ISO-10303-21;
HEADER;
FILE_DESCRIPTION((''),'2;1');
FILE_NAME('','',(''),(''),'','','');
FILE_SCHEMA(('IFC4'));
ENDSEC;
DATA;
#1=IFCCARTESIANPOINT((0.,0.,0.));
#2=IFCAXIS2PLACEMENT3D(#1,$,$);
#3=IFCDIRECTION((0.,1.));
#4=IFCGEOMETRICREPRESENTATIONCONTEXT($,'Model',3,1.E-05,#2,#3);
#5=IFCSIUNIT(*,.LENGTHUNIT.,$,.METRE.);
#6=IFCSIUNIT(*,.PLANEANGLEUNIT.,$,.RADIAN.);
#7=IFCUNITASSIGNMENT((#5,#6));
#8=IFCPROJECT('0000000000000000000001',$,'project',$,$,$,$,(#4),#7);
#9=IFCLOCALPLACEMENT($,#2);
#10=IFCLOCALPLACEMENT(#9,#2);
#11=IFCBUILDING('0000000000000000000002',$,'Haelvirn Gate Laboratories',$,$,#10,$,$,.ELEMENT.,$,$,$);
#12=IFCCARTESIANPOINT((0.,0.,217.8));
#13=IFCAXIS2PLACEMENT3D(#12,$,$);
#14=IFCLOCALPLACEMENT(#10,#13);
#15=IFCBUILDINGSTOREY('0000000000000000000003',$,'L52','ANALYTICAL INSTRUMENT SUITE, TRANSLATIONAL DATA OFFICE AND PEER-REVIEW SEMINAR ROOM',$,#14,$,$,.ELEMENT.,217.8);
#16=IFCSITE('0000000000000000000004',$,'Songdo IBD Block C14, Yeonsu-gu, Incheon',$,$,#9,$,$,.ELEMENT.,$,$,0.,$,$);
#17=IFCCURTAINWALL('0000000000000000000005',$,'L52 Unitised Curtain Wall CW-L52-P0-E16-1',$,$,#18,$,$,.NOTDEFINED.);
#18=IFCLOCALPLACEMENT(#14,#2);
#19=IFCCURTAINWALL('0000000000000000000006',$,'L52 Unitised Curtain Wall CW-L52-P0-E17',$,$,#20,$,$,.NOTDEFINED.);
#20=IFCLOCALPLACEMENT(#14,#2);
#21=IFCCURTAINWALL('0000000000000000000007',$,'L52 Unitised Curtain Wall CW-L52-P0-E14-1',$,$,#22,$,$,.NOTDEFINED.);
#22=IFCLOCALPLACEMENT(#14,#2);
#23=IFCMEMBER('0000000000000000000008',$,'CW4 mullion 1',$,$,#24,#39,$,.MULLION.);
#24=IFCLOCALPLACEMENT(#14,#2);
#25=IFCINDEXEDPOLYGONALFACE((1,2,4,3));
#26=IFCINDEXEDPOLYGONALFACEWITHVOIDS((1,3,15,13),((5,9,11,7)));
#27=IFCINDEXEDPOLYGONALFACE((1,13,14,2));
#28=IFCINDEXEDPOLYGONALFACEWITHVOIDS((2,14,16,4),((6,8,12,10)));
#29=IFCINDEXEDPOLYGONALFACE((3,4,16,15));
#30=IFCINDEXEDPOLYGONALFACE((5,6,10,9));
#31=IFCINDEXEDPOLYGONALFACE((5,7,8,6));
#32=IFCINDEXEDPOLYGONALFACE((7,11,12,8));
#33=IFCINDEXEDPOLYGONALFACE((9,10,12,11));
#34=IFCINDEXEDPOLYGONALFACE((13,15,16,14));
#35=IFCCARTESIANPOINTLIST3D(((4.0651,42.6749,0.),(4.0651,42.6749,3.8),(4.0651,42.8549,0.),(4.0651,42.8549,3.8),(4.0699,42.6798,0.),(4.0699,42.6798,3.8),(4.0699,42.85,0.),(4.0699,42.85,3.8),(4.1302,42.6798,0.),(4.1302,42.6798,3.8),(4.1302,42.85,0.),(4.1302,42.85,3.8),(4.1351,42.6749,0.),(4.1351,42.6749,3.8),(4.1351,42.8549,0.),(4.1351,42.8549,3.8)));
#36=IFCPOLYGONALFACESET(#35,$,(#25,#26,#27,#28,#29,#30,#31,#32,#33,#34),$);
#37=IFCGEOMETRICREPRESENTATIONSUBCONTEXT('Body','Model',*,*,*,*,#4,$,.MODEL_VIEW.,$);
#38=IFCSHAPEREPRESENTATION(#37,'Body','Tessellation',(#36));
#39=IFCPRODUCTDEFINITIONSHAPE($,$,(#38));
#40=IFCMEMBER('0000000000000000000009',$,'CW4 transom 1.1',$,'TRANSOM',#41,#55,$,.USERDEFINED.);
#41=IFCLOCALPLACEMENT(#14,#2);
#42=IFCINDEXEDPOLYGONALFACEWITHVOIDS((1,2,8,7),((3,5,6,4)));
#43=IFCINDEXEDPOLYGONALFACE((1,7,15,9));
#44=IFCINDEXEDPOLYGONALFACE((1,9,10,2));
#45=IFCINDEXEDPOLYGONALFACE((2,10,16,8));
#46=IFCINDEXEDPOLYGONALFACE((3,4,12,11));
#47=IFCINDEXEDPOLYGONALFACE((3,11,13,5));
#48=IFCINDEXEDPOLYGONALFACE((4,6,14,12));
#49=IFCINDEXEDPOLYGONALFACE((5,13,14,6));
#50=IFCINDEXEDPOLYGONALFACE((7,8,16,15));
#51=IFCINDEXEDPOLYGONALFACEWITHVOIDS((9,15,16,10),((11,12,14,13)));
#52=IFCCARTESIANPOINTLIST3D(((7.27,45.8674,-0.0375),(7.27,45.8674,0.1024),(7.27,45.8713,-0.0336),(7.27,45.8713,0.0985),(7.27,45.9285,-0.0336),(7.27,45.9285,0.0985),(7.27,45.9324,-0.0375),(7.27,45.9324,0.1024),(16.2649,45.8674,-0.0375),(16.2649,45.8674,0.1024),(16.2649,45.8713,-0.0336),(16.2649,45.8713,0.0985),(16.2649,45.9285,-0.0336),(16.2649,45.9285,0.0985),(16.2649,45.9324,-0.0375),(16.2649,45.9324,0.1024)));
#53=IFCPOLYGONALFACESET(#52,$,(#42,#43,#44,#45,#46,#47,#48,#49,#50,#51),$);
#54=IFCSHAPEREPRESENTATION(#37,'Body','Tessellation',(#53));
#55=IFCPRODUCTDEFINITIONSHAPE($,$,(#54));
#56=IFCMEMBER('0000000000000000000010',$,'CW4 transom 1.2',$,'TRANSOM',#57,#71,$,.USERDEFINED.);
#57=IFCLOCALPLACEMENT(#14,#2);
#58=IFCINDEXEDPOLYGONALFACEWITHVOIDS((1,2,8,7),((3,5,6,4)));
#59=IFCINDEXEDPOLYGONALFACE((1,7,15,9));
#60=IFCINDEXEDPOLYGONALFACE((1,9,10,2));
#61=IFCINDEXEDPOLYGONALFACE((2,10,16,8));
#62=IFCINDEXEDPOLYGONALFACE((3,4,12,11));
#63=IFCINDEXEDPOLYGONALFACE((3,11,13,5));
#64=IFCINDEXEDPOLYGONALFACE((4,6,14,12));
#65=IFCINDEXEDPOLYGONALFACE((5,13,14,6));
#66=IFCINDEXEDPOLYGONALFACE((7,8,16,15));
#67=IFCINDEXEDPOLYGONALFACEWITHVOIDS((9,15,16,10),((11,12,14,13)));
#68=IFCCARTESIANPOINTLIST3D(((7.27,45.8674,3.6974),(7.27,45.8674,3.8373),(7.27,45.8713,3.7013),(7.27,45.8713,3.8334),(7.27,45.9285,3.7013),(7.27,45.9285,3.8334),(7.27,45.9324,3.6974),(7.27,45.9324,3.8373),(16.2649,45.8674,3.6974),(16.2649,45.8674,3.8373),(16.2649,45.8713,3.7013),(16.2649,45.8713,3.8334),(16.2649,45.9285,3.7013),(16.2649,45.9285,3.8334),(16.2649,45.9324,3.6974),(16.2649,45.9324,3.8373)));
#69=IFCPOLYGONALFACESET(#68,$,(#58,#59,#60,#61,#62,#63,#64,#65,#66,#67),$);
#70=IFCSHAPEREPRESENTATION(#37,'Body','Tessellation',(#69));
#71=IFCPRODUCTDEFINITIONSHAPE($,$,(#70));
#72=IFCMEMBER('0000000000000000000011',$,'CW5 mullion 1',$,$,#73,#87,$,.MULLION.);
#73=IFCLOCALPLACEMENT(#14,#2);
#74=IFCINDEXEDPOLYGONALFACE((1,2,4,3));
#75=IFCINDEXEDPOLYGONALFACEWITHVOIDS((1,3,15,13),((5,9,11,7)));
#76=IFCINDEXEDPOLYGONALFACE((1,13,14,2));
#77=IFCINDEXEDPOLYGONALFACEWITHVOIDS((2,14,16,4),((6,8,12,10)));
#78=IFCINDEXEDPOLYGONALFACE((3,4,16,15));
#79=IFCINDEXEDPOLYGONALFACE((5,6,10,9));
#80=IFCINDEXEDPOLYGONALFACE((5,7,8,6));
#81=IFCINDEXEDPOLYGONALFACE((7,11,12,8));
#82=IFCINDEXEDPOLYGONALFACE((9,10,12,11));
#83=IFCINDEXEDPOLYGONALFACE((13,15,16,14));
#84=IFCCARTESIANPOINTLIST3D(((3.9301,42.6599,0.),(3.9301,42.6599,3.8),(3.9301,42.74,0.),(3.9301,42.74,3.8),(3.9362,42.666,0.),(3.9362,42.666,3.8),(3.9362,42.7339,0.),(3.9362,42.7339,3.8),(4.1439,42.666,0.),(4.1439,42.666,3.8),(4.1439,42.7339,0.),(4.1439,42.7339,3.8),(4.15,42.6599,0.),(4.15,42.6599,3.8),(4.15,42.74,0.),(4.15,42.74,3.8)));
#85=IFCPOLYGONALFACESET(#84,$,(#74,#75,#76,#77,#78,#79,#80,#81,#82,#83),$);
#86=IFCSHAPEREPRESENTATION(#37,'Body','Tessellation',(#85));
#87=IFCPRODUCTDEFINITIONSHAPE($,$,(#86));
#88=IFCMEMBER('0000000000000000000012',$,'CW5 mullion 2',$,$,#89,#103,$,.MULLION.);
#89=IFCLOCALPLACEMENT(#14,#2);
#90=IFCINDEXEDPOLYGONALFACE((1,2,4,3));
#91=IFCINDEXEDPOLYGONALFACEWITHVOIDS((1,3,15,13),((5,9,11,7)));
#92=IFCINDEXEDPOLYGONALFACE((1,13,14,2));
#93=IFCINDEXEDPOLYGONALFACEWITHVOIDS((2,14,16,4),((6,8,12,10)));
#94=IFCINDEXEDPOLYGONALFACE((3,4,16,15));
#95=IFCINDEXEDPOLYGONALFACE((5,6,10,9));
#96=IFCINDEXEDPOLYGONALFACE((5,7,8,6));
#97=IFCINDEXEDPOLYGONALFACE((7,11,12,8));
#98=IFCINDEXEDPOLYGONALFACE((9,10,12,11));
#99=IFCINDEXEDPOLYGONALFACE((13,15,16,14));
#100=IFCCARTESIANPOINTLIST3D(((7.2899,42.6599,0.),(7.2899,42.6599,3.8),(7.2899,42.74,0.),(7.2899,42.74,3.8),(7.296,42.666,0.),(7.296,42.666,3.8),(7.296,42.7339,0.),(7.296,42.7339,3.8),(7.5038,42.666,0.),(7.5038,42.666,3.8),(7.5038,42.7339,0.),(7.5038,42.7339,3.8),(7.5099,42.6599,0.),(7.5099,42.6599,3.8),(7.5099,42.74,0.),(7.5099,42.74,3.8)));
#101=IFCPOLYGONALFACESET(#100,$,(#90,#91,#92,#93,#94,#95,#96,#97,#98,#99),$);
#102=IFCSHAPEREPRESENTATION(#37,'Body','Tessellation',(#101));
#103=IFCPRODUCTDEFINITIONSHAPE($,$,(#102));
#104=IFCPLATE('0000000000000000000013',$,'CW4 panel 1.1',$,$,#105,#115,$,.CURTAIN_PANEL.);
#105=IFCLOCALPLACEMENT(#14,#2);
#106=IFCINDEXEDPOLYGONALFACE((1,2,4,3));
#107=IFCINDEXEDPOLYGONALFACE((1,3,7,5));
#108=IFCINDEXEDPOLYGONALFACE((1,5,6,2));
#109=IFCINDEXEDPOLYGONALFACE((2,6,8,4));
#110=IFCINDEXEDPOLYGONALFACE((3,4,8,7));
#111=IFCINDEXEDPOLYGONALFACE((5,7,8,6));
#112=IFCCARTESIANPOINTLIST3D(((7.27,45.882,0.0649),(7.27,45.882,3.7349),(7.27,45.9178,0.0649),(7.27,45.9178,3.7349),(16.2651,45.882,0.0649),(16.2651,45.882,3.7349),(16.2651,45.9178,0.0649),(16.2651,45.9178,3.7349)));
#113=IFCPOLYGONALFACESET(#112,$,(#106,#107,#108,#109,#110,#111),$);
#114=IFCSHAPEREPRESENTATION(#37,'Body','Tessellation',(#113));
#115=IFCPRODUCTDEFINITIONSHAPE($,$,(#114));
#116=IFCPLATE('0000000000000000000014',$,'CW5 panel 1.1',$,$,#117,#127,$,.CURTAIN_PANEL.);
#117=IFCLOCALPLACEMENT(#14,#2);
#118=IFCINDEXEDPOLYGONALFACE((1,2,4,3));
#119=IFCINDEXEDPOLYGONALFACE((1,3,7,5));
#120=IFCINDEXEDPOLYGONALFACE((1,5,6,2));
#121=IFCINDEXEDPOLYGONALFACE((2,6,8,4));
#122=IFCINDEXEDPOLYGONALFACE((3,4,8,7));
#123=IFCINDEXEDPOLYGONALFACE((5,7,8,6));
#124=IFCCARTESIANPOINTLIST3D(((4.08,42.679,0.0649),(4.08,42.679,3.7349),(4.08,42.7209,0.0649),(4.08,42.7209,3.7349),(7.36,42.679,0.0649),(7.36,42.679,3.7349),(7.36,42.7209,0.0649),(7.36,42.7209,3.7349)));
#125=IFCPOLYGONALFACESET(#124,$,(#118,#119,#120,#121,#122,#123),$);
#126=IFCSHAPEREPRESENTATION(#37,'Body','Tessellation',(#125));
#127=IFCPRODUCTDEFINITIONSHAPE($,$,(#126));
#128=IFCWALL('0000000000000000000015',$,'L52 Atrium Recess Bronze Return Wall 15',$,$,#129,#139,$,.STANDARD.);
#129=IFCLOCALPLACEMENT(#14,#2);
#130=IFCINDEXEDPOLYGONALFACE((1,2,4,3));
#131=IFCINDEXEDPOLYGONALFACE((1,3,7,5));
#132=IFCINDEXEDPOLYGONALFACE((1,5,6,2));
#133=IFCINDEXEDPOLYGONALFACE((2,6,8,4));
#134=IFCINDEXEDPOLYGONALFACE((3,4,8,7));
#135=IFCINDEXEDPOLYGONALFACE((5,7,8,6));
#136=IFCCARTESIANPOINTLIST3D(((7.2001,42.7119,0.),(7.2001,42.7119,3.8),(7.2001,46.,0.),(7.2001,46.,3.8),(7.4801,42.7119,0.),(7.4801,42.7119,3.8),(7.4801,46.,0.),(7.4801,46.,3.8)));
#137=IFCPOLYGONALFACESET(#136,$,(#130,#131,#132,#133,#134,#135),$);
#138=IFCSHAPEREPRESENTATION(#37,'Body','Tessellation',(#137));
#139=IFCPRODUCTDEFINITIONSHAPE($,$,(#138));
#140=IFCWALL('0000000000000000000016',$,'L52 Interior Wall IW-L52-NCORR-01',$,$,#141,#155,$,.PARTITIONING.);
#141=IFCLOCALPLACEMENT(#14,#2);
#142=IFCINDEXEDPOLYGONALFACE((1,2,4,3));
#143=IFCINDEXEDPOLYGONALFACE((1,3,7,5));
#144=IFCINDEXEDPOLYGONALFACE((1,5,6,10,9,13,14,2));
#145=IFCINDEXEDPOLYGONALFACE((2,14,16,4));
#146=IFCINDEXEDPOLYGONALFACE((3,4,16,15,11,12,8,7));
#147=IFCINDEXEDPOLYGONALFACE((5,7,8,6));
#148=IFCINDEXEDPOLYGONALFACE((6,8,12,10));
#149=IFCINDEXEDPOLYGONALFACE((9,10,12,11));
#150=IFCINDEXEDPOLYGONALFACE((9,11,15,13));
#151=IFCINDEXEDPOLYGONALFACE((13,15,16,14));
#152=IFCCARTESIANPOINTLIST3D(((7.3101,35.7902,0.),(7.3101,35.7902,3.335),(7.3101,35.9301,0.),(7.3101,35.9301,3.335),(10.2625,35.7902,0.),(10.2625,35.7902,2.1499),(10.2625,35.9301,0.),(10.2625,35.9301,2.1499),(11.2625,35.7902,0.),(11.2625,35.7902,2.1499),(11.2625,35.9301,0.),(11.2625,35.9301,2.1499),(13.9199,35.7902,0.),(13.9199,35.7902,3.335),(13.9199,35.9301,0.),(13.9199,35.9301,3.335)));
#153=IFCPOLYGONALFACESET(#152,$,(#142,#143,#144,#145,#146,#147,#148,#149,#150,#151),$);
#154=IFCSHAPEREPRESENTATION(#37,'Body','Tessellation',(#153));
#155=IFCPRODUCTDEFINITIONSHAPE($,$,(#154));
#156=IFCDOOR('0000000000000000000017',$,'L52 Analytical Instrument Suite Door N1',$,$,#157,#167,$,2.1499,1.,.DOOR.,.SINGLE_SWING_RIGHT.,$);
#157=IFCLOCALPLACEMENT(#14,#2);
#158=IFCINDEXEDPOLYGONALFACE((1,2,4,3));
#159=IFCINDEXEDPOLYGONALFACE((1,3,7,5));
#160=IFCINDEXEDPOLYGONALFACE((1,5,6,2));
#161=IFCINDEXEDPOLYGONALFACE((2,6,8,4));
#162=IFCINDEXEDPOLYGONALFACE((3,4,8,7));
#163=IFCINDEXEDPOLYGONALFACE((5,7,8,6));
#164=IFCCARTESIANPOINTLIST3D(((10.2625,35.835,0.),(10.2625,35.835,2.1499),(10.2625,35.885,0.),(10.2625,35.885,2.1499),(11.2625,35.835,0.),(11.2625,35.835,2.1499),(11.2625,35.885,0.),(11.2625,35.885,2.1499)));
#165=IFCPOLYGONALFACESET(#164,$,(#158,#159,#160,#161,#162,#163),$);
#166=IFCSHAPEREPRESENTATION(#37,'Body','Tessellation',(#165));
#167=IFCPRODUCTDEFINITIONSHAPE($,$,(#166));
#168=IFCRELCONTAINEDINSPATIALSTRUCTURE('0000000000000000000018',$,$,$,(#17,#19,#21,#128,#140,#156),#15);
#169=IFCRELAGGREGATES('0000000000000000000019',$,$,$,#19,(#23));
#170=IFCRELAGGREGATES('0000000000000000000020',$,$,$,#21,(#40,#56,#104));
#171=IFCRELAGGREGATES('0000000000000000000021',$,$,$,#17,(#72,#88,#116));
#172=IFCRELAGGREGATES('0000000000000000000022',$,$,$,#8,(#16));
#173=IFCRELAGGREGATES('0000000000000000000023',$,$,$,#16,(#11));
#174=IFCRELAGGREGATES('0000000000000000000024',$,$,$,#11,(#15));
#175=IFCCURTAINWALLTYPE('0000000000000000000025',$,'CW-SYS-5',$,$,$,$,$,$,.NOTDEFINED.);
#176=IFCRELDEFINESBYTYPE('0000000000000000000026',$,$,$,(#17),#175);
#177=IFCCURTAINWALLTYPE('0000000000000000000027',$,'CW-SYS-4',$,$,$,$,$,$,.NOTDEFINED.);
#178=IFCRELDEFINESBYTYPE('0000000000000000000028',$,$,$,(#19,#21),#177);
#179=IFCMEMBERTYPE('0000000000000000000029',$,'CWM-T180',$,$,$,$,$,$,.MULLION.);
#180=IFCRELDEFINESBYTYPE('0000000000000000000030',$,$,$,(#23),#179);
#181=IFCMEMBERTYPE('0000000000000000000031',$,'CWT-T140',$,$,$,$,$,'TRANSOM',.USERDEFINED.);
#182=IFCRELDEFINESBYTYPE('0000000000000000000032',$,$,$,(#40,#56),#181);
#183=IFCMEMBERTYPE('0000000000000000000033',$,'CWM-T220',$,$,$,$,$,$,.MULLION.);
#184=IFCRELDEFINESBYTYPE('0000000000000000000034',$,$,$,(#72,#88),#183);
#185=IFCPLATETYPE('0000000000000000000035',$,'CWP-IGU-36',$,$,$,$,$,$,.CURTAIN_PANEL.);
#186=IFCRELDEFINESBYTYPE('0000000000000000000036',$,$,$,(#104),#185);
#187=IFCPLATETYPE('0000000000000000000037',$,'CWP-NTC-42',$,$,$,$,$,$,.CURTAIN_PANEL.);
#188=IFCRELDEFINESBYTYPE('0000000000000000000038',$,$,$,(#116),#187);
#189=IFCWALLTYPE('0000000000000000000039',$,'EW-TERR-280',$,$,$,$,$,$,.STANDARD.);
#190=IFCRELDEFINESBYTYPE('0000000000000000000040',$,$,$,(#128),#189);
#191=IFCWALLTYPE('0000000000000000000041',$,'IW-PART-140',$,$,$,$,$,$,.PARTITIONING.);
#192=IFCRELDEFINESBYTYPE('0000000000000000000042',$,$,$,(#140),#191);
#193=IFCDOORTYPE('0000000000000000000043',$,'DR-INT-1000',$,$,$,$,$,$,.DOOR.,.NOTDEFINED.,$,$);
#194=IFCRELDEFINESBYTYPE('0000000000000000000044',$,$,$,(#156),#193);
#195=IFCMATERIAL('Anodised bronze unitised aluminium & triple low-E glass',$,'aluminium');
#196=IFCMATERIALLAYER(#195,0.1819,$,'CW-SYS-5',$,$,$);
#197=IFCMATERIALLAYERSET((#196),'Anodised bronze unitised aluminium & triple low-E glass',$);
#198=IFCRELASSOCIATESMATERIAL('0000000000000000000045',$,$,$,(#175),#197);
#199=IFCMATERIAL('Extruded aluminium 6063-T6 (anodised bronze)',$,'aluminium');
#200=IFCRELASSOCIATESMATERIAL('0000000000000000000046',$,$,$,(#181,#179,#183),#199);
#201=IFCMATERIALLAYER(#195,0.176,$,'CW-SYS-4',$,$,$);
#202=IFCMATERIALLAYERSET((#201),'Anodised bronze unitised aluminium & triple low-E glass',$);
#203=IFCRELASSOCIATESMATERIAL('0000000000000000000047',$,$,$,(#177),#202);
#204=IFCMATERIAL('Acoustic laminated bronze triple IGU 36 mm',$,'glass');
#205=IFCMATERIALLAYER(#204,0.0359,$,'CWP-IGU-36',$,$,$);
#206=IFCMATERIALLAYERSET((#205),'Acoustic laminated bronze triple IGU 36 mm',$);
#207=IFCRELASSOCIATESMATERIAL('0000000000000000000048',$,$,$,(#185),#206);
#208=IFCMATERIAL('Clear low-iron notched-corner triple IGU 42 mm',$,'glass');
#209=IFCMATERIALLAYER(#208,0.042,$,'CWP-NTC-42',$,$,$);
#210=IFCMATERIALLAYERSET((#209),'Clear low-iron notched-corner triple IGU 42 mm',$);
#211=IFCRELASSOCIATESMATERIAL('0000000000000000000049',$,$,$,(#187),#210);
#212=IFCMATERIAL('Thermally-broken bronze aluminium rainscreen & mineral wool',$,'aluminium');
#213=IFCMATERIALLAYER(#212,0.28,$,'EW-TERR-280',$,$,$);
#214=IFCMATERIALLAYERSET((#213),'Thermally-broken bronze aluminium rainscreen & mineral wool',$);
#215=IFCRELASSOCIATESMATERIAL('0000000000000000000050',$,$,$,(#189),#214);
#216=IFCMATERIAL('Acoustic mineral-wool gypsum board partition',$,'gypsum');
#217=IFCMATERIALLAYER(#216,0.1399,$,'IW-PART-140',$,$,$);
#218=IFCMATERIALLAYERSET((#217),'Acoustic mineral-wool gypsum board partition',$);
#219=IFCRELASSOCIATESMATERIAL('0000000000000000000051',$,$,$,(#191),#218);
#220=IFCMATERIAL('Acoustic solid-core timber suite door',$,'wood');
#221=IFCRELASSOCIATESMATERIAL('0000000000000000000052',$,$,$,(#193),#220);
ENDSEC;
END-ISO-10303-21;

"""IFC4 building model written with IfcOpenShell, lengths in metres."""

from ifc_helpers import new_model, si_unit, direction, frame, frame_2d, origin, origin_2d, place, context, subcontext, project, spatial, rectangle, hollow_rectangle, extrude, source, transform, mapped, material, layer, layer_set, material_profile, profile_set, type_object, type_shapes, element, fill, aggregate, save


model = new_model("IFC4")

# Units and contexts
model_context = context("Model", 3, precision=1e-05, world=origin(), true_north=direction((0.0, 1.0)))
body_context = subcontext(model_context, "Body", "Model", "MODEL_VIEW")
ifc_project = project(units=[si_unit("LENGTHUNIT", "METRE"), si_unit("PLANEANGLEUNIT", "RADIAN")], contexts=[model_context])

# Site, building, storey
site_placement = place(None, origin())
site = spatial("IfcSite", under=ifc_project, at=site_placement, Name="Songdo IBD Block C14, Yeonsu-gu, Incheon", CompositionType="ELEMENT", RefElevation=0.0)
building_placement = place(site_placement, origin())
building = spatial("IfcBuilding", under=site, at=building_placement, Name="Haelvirn Gate Laboratories", CompositionType="ELEMENT")
storey_placement = place(building_placement, frame((0.0, 0.0, 217.8)))
storey = spatial("IfcBuildingStorey", under=building, at=storey_placement, Name="L52", Description="ANALYTICAL INSTRUMENT SUITE, TRANSLATIONAL DATA OFFICE AND PEER-REVIEW SEMINAR ROOM", CompositionType="ELEMENT", Elevation=217.8)

# Curtain walls
ifc_material_1 = material(Name="Anodised bronze unitised aluminium & triple low-E glass", Category="aluminium")
ifc_layer_1 = layer(ifc_material_1, 0.1819, Name="CW-SYS-5")
ifc_layer_set_1 = layer_set([ifc_layer_1], Name="Anodised bronze unitised aluminium & triple low-E glass")
curtain_wall_type_1 = type_object("IfcCurtainWallType", Name="CW-SYS-5", PredefinedType="NOTDEFINED", material=ifc_layer_set_1)
curtain_wall_1_placement = place(storey_placement, origin())
curtain_wall_1 = element("IfcCurtainWall", 1, at=curtain_wall_1_placement, inside=storey, type_object=curtain_wall_type_1, Name="L52 Unitised Curtain Wall CW-L52-P0-E16-1", PredefinedType="NOTDEFINED")
ifc_material_2 = material(Name="Extruded aluminium 6063-T6 (anodised bronze)", Category="aluminium")
ifc_material_profile_1 = material_profile(ifc_material_2, hollow_rectangle(XDim=0.0649, YDim=0.1399, WallThickness=0.0039, at=origin_2d()), Name="CWT-140x65x4")
ifc_profile_set_1 = profile_set([ifc_material_profile_1], Name="Extruded aluminium 6063-T6 (anodised bronze)")
member_type_1 = type_object("IfcMemberType", Name="CWT-T140", ElementType="TRANSOM", PredefinedType="USERDEFINED", material=ifc_profile_set_1)
ifc_layer_2 = layer(ifc_material_1, 0.176, Name="CW-SYS-4")
ifc_layer_set_2 = layer_set([ifc_layer_2], Name="Anodised bronze unitised aluminium & triple low-E glass")
curtain_wall_type_2 = type_object("IfcCurtainWallType", Name="CW-SYS-4", PredefinedType="NOTDEFINED", material=ifc_layer_set_2)
curtain_wall_2_placement = place(storey_placement, origin())
curtain_wall_2 = element("IfcCurtainWall", 2, at=curtain_wall_2_placement, inside=storey, type_object=curtain_wall_type_2, Name="L52 Unitised Curtain Wall CW-L52-P0-E17", PredefinedType="NOTDEFINED")

# Curtain wall
curtain_wall_3_placement = place(storey_placement, origin())
curtain_wall_3 = element("IfcCurtainWall", 3, at=curtain_wall_3_placement, inside=storey, type_object=curtain_wall_type_2, Name="L52 Unitised Curtain Wall CW-L52-P0-E14-1", PredefinedType="NOTDEFINED")
ifc_material_profile_2 = material_profile(ifc_material_2, hollow_rectangle(XDim=0.0701, YDim=0.1799, WallThickness=0.0049, at=origin_2d()), Name="CWM-180x70x5")
ifc_profile_set_2 = profile_set([ifc_material_profile_2], Name="Extruded aluminium 6063-T6 (anodised bronze)")
member_type_2 = type_object("IfcMemberType", Name="CWM-T180", PredefinedType="MULLION", material=ifc_profile_set_2)
shared_shape_1 = source(origin(), body_context, "Body", "SweptSolid", [
    extrude(hollow_rectangle(XDim=0.0701, YDim=0.1799, WallThickness=0.0049, at=origin_2d()), origin(), (0.0, 0.0, 1.0), 3.8),
])
type_shapes(member_type_2, [shared_shape_1])

# Members
member_1_placement = place(storey_placement, frame((4.1001, 42.7649, 0.0), z_axis=(0.0, 0.0, 1.0), x_axis=(1.0, 0.0, 0.0)))
member_1 = element("IfcMember", 4, at=member_1_placement, type_object=member_type_2, Name="CW4 mullion 1", PredefinedType="MULLION", context=body_context, shape_type="MappedRepresentation", body=[
    mapped(shared_shape_1, transform((0.0, 0.0, 0.0), scale=1.0)),
])
aggregate(curtain_wall_2, [member_1])
shared_shape_2 = source(origin(), body_context, "Body", "SweptSolid", [
    extrude(hollow_rectangle(XDim=0.0649, YDim=0.1399, WallThickness=0.0039, at=origin_2d()), origin(), (0.0, 0.0, 1.0), 8.9949),
])
member_2_placement = place(storey_placement, frame((7.27, 45.8999, 0.0325), z_axis=(1.0, 0.0, 0.0), x_axis=(0.0, 1.0, 0.0)))
member_2 = element("IfcMember", 5, at=member_2_placement, type_object=member_type_1, Name="CW4 transom 1.1", ObjectType="TRANSOM", PredefinedType="USERDEFINED", context=body_context, shape_type="MappedRepresentation", body=[
    mapped(shared_shape_2, transform((0.0, 0.0, 0.0), scale=1.0)),
])
member_3_placement = place(storey_placement, frame((7.27, 45.8999, 3.7673), z_axis=(1.0, 0.0, 0.0), x_axis=(0.0, 1.0, 0.0)))
member_3 = element("IfcMember", 6, at=member_3_placement, type_object=member_type_1, Name="CW4 transom 1.2", ObjectType="TRANSOM", PredefinedType="USERDEFINED", context=body_context, shape_type="MappedRepresentation", body=[
    mapped(shared_shape_2, transform((0.0, 0.0, 0.0), scale=1.0)),
])
ifc_material_profile_3 = material_profile(ifc_material_2, hollow_rectangle(XDim=0.0801, YDim=0.22, WallThickness=0.0061, at=origin_2d()), Name="CWM-220x80x6")
ifc_profile_set_3 = profile_set([ifc_material_profile_3], Name="Extruded aluminium 6063-T6 (anodised bronze)")
member_type_3 = type_object("IfcMemberType", Name="CWM-T220", PredefinedType="MULLION", material=ifc_profile_set_3)
shared_shape_3 = source(origin(), body_context, "Body", "SweptSolid", [
    extrude(hollow_rectangle(XDim=0.0801, YDim=0.22, WallThickness=0.0061, at=origin_2d()), origin(), (0.0, 0.0, 1.0), 3.8),
])
type_shapes(member_type_3, [shared_shape_3])
member_4_placement = place(storey_placement, frame((4.04, 42.7, 0.0), z_axis=(0.0, 0.0, 1.0), x_axis=(0.0, 1.0, 0.0)))
member_4 = element("IfcMember", 7, at=member_4_placement, type_object=member_type_3, Name="CW5 mullion 1", PredefinedType="MULLION", context=body_context, shape_type="MappedRepresentation", body=[
    mapped(shared_shape_3, transform((0.0, 0.0, 0.0), scale=1.0)),
])
member_5_placement = place(storey_placement, frame((7.3999, 42.7, 0.0), z_axis=(0.0, 0.0, 1.0), x_axis=(0.0, 1.0, 0.0)))
member_5 = element("IfcMember", 8, at=member_5_placement, type_object=member_type_3, Name="CW5 mullion 2", PredefinedType="MULLION", context=body_context, shape_type="MappedRepresentation", body=[
    mapped(shared_shape_3, transform((0.0, 0.0, 0.0), scale=1.0)),
])

# Plates
ifc_material_3 = material(Name="Acoustic laminated bronze triple IGU 36 mm", Category="glass")
ifc_layer_3 = layer(ifc_material_3, 0.0359, Name="CWP-IGU-36")
ifc_layer_set_3 = layer_set([ifc_layer_3], Name="Acoustic laminated bronze triple IGU 36 mm")
plate_type_1 = type_object("IfcPlateType", Name="CWP-IGU-36", PredefinedType="CURTAIN_PANEL", material=ifc_layer_set_3)
shared_shape_4 = source(origin(), body_context, "Body", "SweptSolid", [
    extrude(rectangle(XDim=8.9951, YDim=0.0359, at=origin_2d()), origin(), (0.0, 0.0, 1.0), 3.6699),
])
type_shapes(plate_type_1, [shared_shape_4])
plate_1_placement = place(storey_placement, frame((11.7676, 45.8999, 0.0649), z_axis=(0.0, 0.0, 1.0), x_axis=(1.0, 0.0, 0.0)))
plate_1 = element("IfcPlate", 9, at=plate_1_placement, type_object=plate_type_1, Name="CW4 panel 1.1", PredefinedType="CURTAIN_PANEL", context=body_context, shape_type="MappedRepresentation", body=[
    mapped(shared_shape_4, transform((0.0, 0.0, 0.0), scale=1.0)),
])
aggregate(curtain_wall_3, [member_2, member_3, plate_1])
ifc_material_4 = material(Name="Clear low-iron notched-corner triple IGU 42 mm", Category="glass")
ifc_layer_4 = layer(ifc_material_4, 0.042, Name="CWP-NTC-42")
ifc_layer_set_4 = layer_set([ifc_layer_4], Name="Clear low-iron notched-corner triple IGU 42 mm")
plate_type_2 = type_object("IfcPlateType", Name="CWP-NTC-42", PredefinedType="CURTAIN_PANEL", material=ifc_layer_set_4)
shared_shape_5 = source(origin(), body_context, "Body", "SweptSolid", [
    extrude(rectangle(XDim=3.28, YDim=0.042, at=origin_2d()), origin(), (0.0, 0.0, 1.0), 3.6699),
])
type_shapes(plate_type_2, [shared_shape_5])
plate_2_placement = place(storey_placement, frame((5.72, 42.7, 0.0649), z_axis=(0.0, 0.0, 1.0), x_axis=(1.0, 0.0, 0.0)))
plate_2 = element("IfcPlate", 10, at=plate_2_placement, type_object=plate_type_2, Name="CW5 panel 1.1", PredefinedType="CURTAIN_PANEL", context=body_context, shape_type="MappedRepresentation", body=[
    mapped(shared_shape_5, transform((0.0, 0.0, 0.0), scale=1.0)),
])
aggregate(curtain_wall_1, [member_4, member_5, plate_2])

# Wall
ifc_material_5 = material(Name="Thermally-broken bronze aluminium rainscreen & mineral wool", Category="aluminium")
ifc_layer_5 = layer(ifc_material_5, 0.28, Name="EW-TERR-280")
ifc_layer_set_5 = layer_set([ifc_layer_5], Name="Thermally-broken bronze aluminium rainscreen & mineral wool")
wall_type_1 = type_object("IfcWallType", Name="EW-TERR-280", PredefinedType="STANDARD", material=ifc_layer_set_5)
wall_1_placement = place(storey_placement, frame((7.3401, 46.0, 0.0), z_axis=(0.0, 0.0, 1.0), x_axis=(0.0, -1.0, 0.0)))
element("IfcWall", 11, at=wall_1_placement, inside=storey, type_object=wall_type_1, Name="L52 Atrium Recess Bronze Return Wall 15", PredefinedType="STANDARD", context=body_context, shape_type="SweptSolid", body=[
    extrude(rectangle(XDim=3.2881, YDim=0.28, at=frame_2d((1.644, 0.0))), origin(), (0.0, 0.0, 1.0), 3.8),
])

# Wall, opening, door
ifc_material_6 = material(Name="Acoustic mineral-wool gypsum board partition", Category="gypsum")
ifc_layer_6 = layer(ifc_material_6, 0.1399, Name="IW-PART-140")
ifc_layer_set_6 = layer_set([ifc_layer_6], Name="Acoustic mineral-wool gypsum board partition")
wall_type_2 = type_object("IfcWallType", Name="IW-PART-140", PredefinedType="PARTITIONING", material=ifc_layer_set_6)
wall_2_placement = place(storey_placement, frame((7.3101, 35.8601, 0.0), z_axis=(0.0, 0.0, 1.0), x_axis=(1.0, 0.0, 0.0)))
wall_2 = element("IfcWall", 12, at=wall_2_placement, inside=storey, type_object=wall_type_2, Name="L52 Interior Wall IW-L52-NCORR-01", PredefinedType="PARTITIONING", context=body_context, shape_type="SweptSolid", body=[
    extrude(rectangle(XDim=6.6099, YDim=0.1399, at=frame_2d((3.3049, 0.0))), origin(), (0.0, 0.0, 1.0), 3.335),
])
opening_1_placement = place(wall_2_placement, frame((2.9524, 0.0, 0.0)))
opening_1 = element("IfcOpeningElement", 13, at=opening_1_placement, cuts=wall_2, PredefinedType="OPENING", context=body_context, shape_type="SweptSolid", body=[
    extrude(rectangle(XDim=1.0, YDim=2.1499, at=frame_2d((0.5, 1.075))), frame((0.0, 0.0801, 0.0), z_axis=(0.0, -1.0, 0.0), x_axis=(1.0, 0.0, 0.0)), (0.0, 0.0, 1.0), 0.1599),
])
ifc_material_7 = material(Name="Acoustic solid-core timber suite door", Category="wood")
door_type_1 = type_object("IfcDoorType", Name="DR-INT-1000", OperationType="NOTDEFINED", PredefinedType="DOOR", material=ifc_material_7)
shared_shape_6 = source(origin(), body_context, "Body", "SweptSolid", [
    extrude(rectangle(XDim=1.0, YDim=2.1499, at=frame_2d((0.5, 1.075))), frame((0.0, 0.0249, 0.0), z_axis=(0.0, -1.0, 0.0), x_axis=(1.0, 0.0, 0.0)), (0.0, 0.0, 1.0), 0.05),
])
type_shapes(door_type_1, [shared_shape_6])
door_1_placement = place(opening_1_placement, origin())
door_1 = element("IfcDoor", 14, at=door_1_placement, inside=storey, type_object=door_type_1, Name="L52 Analytical Instrument Suite Door N1", OperationType="SINGLE_SWING_RIGHT", OverallHeight=2.1499, OverallWidth=1.0, PredefinedType="DOOR", context=body_context, shape_type="MappedRepresentation", body=[
    mapped(shared_shape_6, transform((0.0, 0.0, 0.0), scale=1.0)),
])
fill(opening_1, door_1)

save(model, "model.ifc")
